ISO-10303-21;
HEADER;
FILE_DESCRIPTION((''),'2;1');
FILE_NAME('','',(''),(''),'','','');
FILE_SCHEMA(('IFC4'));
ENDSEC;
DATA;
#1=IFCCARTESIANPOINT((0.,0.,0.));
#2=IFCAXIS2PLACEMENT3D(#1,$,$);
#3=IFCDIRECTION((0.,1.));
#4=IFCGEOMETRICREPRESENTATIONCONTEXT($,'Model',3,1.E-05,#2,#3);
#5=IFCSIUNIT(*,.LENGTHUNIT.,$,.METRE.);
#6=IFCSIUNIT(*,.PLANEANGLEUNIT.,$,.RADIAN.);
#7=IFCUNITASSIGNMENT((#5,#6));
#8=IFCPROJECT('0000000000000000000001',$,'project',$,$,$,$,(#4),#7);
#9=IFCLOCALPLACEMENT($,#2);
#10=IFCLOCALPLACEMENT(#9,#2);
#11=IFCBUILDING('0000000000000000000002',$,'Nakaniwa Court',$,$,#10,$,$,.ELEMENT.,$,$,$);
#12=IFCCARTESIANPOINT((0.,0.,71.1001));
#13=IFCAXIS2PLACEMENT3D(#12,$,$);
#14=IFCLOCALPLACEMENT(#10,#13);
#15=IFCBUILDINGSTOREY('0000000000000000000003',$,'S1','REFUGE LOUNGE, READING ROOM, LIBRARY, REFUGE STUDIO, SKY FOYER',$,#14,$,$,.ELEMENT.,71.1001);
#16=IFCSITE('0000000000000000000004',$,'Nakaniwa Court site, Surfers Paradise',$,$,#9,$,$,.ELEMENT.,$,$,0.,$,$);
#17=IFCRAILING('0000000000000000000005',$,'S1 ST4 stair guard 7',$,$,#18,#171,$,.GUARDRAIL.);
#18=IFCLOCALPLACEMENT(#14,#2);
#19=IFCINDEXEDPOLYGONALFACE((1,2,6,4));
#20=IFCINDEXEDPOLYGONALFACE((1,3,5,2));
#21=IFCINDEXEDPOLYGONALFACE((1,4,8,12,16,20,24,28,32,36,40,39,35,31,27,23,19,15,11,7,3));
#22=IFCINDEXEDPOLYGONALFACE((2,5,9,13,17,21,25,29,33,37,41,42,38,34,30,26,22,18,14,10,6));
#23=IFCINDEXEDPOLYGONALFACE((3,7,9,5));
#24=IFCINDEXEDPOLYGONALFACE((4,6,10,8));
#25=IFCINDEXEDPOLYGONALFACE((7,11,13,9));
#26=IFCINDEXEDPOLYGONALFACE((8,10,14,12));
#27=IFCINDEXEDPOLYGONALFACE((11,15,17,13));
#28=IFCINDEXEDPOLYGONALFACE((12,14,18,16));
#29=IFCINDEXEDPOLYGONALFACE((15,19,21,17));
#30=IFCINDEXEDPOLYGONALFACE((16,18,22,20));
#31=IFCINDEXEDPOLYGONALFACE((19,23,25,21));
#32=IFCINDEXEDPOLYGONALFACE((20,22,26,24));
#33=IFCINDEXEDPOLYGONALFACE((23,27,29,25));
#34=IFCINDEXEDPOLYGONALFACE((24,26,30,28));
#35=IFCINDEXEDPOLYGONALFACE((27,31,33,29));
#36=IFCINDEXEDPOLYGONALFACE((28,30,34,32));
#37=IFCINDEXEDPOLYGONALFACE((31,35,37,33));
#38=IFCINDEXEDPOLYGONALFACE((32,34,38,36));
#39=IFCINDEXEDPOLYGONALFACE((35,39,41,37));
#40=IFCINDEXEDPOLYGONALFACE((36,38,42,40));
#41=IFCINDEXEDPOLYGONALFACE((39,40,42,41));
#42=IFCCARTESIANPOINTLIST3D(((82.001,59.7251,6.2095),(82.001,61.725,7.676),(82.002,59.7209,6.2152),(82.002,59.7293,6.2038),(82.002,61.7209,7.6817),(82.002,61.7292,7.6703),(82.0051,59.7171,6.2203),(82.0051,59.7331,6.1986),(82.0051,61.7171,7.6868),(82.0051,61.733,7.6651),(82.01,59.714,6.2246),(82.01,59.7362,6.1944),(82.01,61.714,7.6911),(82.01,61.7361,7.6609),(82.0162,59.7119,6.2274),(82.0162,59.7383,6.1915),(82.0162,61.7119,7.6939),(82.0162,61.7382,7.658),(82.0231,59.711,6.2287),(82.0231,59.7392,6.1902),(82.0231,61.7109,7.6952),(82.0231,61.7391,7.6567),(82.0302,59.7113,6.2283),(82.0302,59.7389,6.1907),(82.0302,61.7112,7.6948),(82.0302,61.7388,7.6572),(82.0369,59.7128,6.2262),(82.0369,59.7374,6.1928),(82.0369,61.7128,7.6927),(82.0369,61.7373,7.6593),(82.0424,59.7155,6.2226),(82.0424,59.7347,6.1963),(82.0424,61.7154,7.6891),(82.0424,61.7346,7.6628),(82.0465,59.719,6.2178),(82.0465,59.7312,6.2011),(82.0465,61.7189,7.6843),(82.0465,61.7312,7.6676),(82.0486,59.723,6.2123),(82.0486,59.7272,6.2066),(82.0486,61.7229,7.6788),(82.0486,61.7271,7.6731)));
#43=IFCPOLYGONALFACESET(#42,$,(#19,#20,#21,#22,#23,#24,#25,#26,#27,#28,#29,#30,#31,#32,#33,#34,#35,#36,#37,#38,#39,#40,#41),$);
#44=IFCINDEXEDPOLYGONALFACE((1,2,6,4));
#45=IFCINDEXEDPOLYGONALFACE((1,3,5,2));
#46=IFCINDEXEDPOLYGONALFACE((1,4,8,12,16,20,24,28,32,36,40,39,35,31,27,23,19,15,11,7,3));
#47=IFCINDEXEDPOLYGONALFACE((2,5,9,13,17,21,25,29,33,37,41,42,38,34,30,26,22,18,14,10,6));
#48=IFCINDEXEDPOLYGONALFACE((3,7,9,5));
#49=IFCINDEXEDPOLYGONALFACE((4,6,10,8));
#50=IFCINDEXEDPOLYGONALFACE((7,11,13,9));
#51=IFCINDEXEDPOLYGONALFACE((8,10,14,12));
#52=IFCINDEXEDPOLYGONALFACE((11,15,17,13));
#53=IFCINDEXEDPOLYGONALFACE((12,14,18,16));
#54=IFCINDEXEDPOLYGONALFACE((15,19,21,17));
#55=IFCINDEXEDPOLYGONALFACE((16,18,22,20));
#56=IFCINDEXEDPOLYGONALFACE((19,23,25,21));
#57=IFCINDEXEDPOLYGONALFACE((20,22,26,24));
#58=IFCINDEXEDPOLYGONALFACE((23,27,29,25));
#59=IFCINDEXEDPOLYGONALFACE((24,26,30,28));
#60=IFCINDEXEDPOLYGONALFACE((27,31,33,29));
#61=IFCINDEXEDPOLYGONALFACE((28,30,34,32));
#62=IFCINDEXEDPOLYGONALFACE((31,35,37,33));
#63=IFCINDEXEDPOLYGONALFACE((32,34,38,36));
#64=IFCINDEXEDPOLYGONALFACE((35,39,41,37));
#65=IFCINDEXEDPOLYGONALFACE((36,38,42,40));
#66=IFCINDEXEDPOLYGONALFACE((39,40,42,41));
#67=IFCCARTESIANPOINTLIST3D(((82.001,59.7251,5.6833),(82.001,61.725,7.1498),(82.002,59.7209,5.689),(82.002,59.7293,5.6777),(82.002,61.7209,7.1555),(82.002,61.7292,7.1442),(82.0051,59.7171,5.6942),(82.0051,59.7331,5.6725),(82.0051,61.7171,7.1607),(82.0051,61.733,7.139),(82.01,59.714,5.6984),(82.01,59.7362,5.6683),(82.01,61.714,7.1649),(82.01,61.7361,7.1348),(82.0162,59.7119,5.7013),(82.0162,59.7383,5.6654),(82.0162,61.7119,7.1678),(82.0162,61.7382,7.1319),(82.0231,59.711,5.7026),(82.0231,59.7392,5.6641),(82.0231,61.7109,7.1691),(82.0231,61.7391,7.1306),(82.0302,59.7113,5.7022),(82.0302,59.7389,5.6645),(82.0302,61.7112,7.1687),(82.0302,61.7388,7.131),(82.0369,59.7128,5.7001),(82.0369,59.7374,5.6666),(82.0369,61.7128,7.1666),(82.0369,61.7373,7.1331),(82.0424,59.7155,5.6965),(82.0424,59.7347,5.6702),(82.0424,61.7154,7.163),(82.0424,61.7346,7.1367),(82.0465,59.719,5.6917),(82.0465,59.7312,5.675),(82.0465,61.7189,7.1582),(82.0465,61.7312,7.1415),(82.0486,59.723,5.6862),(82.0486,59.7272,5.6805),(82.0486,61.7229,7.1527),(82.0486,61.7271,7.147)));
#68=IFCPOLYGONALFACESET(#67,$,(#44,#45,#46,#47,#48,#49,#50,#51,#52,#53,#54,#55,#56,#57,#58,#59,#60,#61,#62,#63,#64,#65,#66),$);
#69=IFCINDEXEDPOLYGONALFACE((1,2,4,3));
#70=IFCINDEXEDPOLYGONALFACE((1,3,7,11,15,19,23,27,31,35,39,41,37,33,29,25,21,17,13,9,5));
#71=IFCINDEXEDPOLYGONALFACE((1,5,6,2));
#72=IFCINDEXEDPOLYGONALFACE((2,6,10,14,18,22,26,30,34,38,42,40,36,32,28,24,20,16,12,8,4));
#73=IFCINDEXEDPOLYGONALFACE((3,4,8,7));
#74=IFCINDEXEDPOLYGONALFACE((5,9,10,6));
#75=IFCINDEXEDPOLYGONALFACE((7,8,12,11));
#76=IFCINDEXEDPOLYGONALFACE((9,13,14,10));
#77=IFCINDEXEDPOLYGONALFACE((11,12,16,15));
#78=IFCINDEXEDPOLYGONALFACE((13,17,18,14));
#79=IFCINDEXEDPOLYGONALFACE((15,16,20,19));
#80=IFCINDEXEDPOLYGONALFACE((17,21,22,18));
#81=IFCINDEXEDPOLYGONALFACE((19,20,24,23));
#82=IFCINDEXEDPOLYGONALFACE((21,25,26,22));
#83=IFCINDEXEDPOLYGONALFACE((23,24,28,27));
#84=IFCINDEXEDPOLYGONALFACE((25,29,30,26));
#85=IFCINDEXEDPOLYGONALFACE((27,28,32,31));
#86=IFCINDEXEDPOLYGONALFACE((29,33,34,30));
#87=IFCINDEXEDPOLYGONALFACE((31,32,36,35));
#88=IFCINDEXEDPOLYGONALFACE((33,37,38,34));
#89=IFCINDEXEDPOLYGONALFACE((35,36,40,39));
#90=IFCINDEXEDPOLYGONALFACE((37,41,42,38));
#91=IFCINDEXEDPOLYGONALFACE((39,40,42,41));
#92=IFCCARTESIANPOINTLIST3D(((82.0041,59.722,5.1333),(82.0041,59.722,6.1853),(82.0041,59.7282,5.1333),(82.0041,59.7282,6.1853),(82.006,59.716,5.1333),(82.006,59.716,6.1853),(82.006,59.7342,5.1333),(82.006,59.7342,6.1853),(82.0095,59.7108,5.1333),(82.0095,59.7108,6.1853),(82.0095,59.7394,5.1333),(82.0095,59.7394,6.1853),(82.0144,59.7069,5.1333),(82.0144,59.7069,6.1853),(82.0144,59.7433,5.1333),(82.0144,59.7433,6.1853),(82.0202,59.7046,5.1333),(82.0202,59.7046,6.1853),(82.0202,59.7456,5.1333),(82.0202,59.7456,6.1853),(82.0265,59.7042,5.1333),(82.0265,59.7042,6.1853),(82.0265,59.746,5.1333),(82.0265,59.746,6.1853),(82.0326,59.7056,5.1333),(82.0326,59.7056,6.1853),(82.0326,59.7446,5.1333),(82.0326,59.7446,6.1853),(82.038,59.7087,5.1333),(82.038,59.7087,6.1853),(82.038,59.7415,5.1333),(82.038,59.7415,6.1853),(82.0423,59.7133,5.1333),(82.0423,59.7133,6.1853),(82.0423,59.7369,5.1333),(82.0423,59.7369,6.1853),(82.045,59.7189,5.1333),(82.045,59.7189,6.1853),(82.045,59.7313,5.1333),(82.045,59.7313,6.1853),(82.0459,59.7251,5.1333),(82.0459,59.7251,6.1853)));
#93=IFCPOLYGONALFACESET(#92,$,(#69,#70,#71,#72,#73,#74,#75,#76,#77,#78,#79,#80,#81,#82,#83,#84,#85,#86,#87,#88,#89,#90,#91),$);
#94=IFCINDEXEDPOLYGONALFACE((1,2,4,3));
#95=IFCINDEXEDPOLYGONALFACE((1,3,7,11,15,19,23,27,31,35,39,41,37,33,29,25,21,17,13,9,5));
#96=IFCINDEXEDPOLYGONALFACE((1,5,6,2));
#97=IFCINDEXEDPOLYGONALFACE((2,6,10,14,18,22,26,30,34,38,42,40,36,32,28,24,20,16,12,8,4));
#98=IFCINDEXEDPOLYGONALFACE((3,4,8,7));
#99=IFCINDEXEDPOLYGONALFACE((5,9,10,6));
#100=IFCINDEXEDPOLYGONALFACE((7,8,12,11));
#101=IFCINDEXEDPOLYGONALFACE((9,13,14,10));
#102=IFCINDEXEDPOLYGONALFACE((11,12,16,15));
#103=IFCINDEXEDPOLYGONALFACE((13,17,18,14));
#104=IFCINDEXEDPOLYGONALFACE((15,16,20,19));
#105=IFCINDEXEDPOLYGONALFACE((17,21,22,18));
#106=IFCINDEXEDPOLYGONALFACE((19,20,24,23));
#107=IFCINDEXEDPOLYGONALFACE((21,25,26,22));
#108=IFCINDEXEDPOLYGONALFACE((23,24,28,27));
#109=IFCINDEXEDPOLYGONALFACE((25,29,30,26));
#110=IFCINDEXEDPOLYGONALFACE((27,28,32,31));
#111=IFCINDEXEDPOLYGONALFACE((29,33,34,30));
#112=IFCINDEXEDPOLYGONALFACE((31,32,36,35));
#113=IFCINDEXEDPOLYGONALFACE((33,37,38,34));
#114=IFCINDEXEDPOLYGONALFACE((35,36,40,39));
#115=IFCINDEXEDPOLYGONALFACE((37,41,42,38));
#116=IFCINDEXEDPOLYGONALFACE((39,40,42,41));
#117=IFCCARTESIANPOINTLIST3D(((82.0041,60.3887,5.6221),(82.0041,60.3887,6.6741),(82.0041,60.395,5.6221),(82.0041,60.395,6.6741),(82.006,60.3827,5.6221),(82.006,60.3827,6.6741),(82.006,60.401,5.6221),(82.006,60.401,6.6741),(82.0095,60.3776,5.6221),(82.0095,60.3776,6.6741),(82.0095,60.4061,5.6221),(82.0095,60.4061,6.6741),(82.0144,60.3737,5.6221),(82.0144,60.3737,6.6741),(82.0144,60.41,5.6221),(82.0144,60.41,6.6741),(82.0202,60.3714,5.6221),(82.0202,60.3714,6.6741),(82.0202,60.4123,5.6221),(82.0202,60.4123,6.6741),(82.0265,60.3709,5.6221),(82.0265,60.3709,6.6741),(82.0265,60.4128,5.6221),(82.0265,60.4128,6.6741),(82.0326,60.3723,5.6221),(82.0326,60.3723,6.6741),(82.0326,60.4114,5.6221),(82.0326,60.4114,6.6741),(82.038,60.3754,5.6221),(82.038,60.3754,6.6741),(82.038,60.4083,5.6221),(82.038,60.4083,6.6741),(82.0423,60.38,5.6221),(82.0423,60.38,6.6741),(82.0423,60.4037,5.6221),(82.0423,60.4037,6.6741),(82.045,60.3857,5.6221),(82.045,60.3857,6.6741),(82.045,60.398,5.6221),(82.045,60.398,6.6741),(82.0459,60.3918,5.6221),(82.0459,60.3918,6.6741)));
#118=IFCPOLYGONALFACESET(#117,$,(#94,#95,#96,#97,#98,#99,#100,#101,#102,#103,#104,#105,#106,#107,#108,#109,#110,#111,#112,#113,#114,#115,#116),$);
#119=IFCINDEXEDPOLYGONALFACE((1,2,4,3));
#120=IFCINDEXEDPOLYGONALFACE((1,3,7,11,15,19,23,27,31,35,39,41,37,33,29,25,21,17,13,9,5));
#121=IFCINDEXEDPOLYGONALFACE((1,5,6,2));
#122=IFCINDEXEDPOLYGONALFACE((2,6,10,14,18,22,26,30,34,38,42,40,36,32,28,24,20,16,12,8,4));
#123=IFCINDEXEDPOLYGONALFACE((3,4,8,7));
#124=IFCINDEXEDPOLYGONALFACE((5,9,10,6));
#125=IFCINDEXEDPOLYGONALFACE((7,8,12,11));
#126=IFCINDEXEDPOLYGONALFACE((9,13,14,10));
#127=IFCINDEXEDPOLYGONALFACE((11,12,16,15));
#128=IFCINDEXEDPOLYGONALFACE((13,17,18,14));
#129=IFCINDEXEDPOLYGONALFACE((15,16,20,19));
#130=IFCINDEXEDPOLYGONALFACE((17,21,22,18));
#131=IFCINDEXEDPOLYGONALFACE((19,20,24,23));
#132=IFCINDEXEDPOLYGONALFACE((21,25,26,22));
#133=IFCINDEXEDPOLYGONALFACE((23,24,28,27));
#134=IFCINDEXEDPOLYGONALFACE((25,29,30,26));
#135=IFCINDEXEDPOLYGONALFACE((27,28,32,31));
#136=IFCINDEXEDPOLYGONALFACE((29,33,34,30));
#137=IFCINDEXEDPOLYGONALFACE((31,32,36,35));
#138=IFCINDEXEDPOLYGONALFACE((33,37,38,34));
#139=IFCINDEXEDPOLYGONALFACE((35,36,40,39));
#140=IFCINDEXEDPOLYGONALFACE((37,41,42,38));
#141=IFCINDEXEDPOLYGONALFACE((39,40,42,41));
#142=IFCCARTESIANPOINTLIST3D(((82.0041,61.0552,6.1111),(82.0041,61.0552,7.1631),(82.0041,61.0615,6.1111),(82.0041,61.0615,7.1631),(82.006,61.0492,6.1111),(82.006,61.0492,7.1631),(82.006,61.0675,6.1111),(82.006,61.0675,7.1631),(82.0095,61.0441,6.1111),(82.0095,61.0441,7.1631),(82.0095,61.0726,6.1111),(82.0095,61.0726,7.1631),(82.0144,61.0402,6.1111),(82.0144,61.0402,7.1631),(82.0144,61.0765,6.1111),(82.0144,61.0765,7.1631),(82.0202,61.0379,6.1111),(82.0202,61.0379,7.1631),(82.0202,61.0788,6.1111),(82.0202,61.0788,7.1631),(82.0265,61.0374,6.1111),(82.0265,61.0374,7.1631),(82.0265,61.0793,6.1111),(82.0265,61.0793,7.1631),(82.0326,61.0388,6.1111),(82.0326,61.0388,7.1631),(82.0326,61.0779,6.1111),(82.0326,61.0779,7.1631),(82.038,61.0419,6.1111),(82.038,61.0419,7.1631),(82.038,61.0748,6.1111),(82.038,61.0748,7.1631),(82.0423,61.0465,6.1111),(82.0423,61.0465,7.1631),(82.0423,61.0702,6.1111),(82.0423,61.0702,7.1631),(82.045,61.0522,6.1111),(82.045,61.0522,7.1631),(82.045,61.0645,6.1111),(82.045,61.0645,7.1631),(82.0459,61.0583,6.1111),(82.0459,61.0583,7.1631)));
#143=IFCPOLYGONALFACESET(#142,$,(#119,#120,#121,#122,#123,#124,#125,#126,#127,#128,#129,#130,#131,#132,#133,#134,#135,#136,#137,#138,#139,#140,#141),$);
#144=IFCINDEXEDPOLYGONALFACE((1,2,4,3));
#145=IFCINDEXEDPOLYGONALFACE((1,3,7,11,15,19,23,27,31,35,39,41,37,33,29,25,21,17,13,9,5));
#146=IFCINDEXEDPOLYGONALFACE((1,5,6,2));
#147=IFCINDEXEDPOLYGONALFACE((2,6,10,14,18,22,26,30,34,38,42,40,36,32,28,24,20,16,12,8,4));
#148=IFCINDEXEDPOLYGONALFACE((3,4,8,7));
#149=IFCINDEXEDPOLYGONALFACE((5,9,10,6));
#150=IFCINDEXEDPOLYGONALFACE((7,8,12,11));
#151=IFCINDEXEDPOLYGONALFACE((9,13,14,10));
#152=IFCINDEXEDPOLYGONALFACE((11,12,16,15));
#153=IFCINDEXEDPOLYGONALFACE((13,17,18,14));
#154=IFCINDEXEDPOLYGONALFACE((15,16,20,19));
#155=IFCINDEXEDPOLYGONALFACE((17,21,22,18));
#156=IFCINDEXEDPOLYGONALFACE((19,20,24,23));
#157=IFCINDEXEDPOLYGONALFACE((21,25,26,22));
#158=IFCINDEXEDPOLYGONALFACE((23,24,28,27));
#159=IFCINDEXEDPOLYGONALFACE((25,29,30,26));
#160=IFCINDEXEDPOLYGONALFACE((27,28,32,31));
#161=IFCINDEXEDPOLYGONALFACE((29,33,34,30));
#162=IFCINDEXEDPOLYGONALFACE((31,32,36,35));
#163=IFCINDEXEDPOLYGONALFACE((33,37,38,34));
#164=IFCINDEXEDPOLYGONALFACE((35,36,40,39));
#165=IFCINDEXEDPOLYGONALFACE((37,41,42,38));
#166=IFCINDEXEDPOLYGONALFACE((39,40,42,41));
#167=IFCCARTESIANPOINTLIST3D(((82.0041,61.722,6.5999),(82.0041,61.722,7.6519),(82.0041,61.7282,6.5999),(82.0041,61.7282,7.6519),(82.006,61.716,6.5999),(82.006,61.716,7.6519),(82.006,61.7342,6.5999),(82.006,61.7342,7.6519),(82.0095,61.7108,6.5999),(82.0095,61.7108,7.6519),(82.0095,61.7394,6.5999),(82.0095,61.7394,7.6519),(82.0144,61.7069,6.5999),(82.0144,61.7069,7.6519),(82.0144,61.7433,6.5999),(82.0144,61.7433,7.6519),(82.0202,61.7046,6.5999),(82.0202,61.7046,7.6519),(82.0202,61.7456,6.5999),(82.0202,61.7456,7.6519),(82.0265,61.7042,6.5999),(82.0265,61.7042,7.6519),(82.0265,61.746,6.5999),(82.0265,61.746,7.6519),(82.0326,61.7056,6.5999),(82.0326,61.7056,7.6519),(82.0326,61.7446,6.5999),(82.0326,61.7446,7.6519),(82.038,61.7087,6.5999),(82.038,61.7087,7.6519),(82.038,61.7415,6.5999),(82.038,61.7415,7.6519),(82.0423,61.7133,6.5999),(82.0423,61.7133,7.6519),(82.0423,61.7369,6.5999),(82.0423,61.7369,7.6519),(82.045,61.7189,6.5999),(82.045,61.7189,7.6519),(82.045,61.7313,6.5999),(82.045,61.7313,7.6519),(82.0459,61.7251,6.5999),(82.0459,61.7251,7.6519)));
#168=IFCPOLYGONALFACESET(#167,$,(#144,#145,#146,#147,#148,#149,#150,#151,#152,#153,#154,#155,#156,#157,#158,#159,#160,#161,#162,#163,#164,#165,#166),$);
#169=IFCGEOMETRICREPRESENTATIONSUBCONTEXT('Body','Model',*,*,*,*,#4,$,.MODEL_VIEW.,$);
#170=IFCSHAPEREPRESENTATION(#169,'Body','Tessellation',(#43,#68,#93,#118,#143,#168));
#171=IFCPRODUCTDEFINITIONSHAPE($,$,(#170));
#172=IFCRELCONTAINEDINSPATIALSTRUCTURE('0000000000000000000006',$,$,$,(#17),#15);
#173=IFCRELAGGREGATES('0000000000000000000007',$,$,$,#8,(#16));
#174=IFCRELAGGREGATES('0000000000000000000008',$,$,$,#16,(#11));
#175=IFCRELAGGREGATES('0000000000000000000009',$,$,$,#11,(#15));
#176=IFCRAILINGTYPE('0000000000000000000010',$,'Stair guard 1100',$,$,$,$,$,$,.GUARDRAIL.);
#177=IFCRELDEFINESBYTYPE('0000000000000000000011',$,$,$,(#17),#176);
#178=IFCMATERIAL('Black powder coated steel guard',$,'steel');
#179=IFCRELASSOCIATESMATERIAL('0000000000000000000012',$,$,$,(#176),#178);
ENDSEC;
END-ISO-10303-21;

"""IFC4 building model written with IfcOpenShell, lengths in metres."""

from ifc_helpers import new_model, si_unit, direction, frame, origin, origin_2d, place, context, subcontext, project, spatial, circle, extrude, material, type_object, element, save


model = new_model("IFC4")

# Units and contexts
model_context = context("Model", 3, precision=1e-05, world=origin(), true_north=direction((0.0, 1.0)))
body_context = subcontext(model_context, "Body", "Model", "MODEL_VIEW")
ifc_project = project(units=[si_unit("LENGTHUNIT", "METRE"), si_unit("PLANEANGLEUNIT", "RADIAN")], contexts=[model_context])

# Site, building, storey
site_placement = place(None, origin())
site = spatial("IfcSite", under=ifc_project, at=site_placement, Name="Nakaniwa Court site, Surfers Paradise", CompositionType="ELEMENT", RefElevation=0.0)
building_placement = place(site_placement, origin())
building = spatial("IfcBuilding", under=site, at=building_placement, Name="Nakaniwa Court", CompositionType="ELEMENT")
storey_placement = place(building_placement, frame((0.0, 0.0, 71.1001)))
storey = spatial("IfcBuildingStorey", under=building, at=storey_placement, Name="S1", Description="REFUGE LOUNGE, READING ROOM, LIBRARY, REFUGE STUDIO, SKY FOYER", CompositionType="ELEMENT", Elevation=71.1001)

# Railing
ifc_material_1 = material(Name="Black powder coated steel guard", Category="steel")
railing_type_1 = type_object("IfcRailingType", Name="Stair guard 1100", PredefinedType="GUARDRAIL", material=ifc_material_1)
railing_1_placement = place(storey_placement, frame((82.0249, 59.7251, 5.1333)))
element("IfcRailing", 1, at=railing_1_placement, inside=storey, type_object=railing_type_1, Name="S1 ST4 stair guard 7", PredefinedType="GUARDRAIL", context=body_context, shape_type="SweptSolid", body=[
    extrude(circle(Radius=0.0239, at=origin_2d()), frame((0.0, 0.0, 1.0762), z_axis=(0.0, 0.806427, 0.591334), x_axis=(-1.0, 0.0, 0.0)), (0.0, 0.0, 1.0), 2.48),
    extrude(circle(Radius=0.0239, at=origin_2d()), frame((0.0, 0.0, 0.55), z_axis=(0.0, 0.806427, 0.591334), x_axis=(-1.0, 0.0, 0.0)), (0.0, 0.0, 1.0), 2.48),
    extrude(circle(Radius=0.021, at=origin_2d()), origin(), (0.0, 0.0, 1.0), 1.052),
    extrude(circle(Radius=0.021, at=origin_2d()), frame((0.0, 0.6667, 0.4888)), (0.0, 0.0, 1.0), 1.052),
    extrude(circle(Radius=0.021, at=origin_2d()), frame((0.0, 1.3333, 0.9778)), (0.0, 0.0, 1.0), 1.052),
    extrude(circle(Radius=0.021, at=origin_2d()), frame((0.0, 2.0, 1.4666)), (0.0, 0.0, 1.0), 1.052),
])

save(model, "model.ifc")
